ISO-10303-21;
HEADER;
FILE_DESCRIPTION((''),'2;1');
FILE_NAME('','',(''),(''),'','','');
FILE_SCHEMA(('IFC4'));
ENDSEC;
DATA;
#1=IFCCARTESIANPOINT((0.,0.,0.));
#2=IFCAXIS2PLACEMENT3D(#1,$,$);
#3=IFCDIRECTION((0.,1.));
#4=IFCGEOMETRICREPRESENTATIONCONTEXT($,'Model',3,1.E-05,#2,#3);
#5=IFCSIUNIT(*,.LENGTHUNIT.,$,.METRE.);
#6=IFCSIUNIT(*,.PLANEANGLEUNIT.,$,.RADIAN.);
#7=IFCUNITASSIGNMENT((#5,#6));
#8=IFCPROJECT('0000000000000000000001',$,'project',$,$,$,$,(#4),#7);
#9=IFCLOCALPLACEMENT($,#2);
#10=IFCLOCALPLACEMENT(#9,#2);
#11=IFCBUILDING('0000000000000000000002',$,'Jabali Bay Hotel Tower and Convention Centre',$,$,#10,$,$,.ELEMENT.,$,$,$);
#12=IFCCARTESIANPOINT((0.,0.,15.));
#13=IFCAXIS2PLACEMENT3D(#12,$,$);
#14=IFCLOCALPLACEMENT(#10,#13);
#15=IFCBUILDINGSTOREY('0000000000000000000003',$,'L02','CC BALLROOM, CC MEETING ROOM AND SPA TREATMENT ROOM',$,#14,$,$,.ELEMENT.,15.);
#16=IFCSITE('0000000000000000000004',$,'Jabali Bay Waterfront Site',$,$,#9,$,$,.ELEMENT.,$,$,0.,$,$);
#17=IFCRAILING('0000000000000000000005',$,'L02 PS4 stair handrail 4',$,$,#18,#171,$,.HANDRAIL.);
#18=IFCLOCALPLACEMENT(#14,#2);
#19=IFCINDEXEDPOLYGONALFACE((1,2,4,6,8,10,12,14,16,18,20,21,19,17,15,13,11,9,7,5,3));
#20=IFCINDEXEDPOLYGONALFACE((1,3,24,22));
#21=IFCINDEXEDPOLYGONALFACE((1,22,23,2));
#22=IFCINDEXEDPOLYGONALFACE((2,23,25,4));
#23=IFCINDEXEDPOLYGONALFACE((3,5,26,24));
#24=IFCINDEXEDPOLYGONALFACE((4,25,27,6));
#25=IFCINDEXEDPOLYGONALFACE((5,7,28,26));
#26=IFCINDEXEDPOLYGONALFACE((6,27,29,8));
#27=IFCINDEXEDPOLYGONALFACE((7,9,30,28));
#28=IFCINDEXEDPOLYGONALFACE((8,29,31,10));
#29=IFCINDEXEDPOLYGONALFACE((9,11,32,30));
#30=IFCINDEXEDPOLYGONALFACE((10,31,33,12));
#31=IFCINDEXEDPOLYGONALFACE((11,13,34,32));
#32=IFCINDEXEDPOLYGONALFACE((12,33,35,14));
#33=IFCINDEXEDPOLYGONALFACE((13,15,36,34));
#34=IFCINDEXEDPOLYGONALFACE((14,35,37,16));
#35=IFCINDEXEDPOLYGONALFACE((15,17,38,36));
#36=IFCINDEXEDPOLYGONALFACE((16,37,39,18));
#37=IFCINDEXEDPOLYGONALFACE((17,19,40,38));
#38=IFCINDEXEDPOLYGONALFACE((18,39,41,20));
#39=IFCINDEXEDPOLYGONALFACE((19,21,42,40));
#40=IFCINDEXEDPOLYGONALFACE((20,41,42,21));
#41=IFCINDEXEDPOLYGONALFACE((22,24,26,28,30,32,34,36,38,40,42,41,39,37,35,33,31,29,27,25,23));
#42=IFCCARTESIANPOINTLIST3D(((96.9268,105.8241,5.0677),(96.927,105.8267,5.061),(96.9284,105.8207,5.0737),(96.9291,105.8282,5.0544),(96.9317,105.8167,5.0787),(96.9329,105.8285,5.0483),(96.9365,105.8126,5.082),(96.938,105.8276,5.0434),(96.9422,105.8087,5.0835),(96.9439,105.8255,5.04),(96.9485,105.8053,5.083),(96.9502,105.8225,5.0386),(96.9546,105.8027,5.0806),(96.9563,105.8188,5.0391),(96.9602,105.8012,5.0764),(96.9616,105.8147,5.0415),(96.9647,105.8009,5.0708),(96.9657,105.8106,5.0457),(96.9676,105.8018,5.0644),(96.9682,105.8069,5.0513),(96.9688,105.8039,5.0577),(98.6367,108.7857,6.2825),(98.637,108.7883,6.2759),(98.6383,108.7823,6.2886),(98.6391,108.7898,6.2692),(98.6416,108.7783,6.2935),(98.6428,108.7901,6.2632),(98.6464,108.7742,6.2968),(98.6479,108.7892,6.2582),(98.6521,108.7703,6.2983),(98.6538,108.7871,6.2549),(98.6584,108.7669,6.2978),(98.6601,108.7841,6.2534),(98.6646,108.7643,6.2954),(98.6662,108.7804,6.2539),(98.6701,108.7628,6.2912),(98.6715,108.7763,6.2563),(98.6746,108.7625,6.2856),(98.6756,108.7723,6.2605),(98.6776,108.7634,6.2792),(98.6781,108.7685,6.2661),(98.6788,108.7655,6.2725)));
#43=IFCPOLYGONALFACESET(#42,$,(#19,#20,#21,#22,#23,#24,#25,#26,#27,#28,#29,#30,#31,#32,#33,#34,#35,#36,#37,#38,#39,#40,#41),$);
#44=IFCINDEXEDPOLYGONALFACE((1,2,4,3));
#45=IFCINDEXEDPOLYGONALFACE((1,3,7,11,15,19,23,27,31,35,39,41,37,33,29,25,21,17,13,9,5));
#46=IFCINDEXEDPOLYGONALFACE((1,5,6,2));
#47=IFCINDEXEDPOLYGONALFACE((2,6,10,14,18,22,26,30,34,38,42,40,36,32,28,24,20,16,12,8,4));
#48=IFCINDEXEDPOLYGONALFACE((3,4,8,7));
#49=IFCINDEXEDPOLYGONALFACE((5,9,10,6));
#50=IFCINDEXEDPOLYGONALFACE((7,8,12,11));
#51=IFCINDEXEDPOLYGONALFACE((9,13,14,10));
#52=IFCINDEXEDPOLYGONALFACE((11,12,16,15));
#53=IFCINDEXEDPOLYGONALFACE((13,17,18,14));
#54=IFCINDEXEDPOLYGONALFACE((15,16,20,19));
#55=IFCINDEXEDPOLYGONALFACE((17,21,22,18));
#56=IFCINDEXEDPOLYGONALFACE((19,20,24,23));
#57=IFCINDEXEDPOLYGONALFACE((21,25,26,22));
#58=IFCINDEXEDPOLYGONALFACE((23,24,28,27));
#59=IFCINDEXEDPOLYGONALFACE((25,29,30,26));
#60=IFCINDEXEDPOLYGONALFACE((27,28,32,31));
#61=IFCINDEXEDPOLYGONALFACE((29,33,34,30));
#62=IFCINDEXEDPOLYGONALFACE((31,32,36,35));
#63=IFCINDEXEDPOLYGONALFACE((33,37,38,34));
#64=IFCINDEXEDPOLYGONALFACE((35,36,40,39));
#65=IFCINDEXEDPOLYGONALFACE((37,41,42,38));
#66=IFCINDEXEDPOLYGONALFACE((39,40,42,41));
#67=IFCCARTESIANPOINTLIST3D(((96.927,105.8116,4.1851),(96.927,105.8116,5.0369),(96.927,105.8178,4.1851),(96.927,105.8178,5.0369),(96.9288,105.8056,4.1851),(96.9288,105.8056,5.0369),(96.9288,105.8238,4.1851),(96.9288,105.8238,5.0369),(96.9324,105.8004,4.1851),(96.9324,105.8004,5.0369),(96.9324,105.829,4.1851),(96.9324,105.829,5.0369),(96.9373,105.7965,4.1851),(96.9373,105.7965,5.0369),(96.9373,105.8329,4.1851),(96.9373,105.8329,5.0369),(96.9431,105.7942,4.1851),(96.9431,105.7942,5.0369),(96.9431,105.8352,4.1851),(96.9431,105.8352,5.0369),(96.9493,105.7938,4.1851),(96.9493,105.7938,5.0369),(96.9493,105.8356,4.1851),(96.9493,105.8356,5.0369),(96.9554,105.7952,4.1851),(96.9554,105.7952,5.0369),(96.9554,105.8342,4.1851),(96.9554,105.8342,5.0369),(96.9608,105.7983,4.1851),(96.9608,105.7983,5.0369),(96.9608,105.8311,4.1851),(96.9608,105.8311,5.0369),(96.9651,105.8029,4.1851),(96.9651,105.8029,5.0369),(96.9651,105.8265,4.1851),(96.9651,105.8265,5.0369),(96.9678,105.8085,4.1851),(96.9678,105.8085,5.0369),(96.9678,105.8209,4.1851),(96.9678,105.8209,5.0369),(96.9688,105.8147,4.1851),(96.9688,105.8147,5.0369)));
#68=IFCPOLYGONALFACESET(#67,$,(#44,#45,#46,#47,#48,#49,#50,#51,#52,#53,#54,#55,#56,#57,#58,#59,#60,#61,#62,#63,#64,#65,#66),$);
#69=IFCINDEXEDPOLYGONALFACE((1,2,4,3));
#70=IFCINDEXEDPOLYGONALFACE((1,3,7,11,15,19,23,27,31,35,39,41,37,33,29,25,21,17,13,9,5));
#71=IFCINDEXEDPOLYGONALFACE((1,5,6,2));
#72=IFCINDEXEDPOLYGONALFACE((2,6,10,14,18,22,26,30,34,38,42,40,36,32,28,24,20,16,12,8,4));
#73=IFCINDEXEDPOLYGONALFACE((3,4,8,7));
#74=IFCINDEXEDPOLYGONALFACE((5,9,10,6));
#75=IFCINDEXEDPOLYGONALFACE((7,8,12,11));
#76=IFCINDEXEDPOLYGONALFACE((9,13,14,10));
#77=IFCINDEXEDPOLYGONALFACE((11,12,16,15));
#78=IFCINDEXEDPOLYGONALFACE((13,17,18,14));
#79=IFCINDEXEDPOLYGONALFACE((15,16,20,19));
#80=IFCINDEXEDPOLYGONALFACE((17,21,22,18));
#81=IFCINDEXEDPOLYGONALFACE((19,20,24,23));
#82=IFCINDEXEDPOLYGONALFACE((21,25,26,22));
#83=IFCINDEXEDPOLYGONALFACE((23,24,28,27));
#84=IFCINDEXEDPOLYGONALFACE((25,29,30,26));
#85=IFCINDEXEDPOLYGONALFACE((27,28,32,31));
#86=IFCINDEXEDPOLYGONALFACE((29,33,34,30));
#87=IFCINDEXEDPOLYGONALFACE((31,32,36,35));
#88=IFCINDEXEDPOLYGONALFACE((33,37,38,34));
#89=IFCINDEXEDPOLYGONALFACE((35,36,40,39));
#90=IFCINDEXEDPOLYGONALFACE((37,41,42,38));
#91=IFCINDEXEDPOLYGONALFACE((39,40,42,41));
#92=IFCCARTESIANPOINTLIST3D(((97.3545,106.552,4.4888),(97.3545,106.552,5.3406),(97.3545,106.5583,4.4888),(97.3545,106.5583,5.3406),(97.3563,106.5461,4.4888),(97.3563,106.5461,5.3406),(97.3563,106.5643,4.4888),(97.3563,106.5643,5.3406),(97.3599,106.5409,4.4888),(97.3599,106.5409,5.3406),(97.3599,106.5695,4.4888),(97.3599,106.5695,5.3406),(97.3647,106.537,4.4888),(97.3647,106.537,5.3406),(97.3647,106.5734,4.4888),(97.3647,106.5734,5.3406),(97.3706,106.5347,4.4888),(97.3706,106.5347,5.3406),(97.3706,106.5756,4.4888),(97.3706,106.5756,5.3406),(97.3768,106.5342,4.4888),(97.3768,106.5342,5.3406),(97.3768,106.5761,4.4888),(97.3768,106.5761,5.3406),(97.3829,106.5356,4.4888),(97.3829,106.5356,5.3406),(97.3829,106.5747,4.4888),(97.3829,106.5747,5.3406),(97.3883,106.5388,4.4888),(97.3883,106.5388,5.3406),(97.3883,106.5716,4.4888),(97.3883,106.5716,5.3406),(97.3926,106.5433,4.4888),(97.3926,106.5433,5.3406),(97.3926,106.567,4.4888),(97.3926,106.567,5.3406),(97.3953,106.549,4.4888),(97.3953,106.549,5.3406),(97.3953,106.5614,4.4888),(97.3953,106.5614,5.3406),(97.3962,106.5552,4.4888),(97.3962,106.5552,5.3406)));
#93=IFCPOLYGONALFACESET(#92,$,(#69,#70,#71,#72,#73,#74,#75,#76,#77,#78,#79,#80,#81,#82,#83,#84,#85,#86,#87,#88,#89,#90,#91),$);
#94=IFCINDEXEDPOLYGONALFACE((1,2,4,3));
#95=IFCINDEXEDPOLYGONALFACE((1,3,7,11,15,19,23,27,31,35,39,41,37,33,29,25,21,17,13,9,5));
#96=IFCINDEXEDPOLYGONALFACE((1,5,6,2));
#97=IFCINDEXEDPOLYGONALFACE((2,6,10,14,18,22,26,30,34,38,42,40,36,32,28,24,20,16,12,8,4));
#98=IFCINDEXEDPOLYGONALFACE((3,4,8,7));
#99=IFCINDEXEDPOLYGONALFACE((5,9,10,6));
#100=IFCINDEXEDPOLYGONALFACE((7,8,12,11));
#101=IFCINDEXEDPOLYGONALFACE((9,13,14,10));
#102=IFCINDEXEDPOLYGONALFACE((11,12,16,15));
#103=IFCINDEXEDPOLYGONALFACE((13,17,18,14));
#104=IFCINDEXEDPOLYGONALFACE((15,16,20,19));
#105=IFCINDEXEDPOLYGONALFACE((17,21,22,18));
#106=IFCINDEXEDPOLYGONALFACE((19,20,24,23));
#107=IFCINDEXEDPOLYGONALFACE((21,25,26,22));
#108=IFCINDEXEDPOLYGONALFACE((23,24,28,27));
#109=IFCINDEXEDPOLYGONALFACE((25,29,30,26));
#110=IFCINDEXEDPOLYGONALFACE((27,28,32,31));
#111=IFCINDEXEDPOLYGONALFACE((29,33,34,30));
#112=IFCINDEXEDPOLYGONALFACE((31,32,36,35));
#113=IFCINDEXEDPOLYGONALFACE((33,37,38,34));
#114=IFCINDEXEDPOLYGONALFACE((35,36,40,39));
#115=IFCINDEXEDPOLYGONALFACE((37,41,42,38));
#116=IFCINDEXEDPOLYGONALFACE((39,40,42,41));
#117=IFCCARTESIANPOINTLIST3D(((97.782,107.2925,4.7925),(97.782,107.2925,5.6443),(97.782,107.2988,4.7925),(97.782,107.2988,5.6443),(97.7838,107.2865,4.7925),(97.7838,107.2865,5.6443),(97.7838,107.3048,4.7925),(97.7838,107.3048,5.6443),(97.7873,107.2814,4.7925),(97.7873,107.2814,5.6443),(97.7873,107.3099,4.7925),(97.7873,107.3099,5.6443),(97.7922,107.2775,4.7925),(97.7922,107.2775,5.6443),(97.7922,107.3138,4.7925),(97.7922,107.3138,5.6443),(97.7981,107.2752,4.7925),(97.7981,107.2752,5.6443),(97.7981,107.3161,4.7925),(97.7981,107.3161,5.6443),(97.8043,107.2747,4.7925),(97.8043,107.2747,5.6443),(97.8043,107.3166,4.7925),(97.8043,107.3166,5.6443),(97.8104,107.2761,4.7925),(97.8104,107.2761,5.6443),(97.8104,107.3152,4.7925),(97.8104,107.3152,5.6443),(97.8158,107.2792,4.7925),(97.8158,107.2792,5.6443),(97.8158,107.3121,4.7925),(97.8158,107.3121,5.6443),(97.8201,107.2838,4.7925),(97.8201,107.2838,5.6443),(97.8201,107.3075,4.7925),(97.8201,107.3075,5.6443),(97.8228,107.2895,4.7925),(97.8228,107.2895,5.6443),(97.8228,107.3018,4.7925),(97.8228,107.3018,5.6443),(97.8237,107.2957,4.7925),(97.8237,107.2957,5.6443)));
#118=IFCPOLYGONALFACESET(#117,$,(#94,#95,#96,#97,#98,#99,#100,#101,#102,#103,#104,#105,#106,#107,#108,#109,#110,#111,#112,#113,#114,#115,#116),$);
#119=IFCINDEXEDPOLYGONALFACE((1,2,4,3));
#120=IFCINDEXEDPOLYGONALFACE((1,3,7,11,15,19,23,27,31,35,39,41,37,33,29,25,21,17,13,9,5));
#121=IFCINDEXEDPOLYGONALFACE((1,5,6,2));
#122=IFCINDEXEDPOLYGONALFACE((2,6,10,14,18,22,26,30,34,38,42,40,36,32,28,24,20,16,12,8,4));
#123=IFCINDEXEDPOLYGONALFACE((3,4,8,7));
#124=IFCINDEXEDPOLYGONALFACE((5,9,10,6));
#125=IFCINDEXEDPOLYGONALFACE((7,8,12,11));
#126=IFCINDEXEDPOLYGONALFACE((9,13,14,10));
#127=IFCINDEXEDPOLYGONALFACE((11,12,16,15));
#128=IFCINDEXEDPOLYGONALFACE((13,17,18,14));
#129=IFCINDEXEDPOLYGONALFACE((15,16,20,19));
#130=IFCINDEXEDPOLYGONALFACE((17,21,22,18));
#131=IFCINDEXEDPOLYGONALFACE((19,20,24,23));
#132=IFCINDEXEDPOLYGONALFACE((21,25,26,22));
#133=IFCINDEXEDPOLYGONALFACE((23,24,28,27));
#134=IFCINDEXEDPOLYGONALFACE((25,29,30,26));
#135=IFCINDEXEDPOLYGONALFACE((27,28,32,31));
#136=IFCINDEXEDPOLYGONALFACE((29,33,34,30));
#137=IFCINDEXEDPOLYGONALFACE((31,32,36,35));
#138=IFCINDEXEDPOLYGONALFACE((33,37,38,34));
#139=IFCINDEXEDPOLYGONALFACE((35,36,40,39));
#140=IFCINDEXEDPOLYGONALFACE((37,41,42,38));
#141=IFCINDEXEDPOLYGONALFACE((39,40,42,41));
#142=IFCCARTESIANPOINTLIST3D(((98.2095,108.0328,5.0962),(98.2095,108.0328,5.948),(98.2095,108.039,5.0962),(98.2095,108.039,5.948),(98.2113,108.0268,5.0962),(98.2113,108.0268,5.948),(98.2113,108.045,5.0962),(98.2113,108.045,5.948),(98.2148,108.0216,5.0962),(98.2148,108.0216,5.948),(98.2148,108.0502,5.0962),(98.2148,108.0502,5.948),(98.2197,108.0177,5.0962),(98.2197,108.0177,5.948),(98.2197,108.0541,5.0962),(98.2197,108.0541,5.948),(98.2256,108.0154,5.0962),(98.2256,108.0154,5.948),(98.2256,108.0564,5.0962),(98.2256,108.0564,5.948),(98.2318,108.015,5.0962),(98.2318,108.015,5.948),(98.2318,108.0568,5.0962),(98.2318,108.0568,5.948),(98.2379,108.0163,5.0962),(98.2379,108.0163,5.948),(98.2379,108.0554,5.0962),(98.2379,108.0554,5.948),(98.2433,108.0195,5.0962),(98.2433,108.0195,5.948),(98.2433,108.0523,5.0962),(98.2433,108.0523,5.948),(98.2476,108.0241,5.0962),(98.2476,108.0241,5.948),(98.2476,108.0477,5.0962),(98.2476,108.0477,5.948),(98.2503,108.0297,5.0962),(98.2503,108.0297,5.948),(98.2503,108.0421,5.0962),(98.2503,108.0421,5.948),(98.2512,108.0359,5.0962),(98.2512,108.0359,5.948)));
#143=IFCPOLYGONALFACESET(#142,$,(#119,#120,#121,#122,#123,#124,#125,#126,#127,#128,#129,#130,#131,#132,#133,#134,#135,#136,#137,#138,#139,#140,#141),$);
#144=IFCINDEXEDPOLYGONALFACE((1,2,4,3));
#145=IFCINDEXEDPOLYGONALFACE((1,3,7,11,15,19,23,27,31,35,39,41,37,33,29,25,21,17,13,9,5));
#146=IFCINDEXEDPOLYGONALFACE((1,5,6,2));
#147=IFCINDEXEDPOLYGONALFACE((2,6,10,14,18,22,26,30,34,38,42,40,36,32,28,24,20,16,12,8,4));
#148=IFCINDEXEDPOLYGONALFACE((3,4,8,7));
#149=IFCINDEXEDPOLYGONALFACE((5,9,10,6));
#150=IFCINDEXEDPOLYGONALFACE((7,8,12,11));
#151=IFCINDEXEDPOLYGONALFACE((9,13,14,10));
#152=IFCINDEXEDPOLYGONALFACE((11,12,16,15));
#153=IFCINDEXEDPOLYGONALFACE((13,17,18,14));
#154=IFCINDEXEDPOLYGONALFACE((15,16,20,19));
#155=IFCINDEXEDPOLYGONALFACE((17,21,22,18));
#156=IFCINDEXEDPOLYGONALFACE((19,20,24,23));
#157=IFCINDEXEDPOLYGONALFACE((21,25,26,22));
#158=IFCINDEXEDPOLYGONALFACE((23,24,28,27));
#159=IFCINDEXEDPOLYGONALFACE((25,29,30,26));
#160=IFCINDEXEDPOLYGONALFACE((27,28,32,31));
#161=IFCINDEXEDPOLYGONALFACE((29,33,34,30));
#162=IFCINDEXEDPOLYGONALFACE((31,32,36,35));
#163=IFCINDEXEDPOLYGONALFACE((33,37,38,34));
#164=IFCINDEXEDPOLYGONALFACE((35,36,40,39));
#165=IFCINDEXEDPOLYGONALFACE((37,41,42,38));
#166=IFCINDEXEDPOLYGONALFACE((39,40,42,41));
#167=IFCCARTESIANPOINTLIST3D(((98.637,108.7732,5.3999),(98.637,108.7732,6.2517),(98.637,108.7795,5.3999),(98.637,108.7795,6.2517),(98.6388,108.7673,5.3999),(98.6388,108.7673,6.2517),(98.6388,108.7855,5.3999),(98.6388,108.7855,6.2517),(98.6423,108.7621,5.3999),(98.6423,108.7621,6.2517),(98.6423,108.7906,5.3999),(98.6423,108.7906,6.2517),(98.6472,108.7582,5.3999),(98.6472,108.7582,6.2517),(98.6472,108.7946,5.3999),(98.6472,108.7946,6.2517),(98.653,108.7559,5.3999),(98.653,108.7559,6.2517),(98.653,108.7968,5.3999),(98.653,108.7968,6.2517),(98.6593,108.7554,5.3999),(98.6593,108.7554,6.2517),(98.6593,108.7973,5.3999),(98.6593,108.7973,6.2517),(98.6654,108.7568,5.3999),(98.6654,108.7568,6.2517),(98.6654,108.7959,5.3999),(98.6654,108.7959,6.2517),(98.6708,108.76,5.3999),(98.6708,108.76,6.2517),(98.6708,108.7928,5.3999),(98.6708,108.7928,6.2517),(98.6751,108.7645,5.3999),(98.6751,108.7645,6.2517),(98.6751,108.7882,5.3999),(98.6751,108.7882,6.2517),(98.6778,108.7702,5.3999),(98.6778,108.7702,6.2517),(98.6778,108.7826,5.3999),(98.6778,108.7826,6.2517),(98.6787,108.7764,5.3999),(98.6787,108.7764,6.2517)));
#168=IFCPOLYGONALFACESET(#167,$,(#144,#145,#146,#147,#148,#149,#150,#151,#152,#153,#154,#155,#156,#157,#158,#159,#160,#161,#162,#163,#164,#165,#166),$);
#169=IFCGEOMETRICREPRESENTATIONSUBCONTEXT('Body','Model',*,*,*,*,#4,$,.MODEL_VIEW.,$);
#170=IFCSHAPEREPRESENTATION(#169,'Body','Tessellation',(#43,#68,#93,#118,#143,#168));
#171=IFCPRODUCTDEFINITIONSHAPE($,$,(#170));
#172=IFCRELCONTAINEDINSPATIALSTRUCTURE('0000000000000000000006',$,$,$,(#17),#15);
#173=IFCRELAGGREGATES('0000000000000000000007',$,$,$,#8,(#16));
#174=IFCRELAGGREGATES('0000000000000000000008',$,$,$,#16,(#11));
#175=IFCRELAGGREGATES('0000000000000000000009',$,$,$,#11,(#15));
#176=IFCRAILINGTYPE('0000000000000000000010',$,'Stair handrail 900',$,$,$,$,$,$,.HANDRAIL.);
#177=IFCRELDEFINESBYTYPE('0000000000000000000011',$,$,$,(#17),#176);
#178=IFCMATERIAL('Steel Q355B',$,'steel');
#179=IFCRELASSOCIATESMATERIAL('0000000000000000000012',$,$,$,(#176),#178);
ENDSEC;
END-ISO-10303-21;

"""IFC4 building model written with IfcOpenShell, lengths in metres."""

from ifc_helpers import new_model, si_unit, direction, frame, origin, origin_2d, place, context, subcontext, project, spatial, circle, extrude, material, type_object, element, save


model = new_model("IFC4")

# Units and contexts
model_context = context("Model", 3, precision=1e-05, world=origin(), true_north=direction((0.0, 1.0)))
body_context = subcontext(model_context, "Body", "Model", "MODEL_VIEW")
ifc_project = project(units=[si_unit("LENGTHUNIT", "METRE"), si_unit("PLANEANGLEUNIT", "RADIAN")], contexts=[model_context])

# Site, building, storey
site_placement = place(None, origin())
site = spatial("IfcSite", under=ifc_project, at=site_placement, Name="Jabali Bay Waterfront Site", CompositionType="ELEMENT", RefElevation=0.0)
building_placement = place(site_placement, origin())
building = spatial("IfcBuilding", under=site, at=building_placement, Name="Jabali Bay Hotel Tower and Convention Centre", CompositionType="ELEMENT")
storey_placement = place(building_placement, frame((0.0, 0.0, 15.0)))
storey = spatial("IfcBuildingStorey", under=building, at=storey_placement, Name="L02", Description="CC BALLROOM, CC MEETING ROOM AND SPA TREATMENT ROOM", CompositionType="ELEMENT", Elevation=15.0)

# Railing
ifc_material_1 = material(Name="Steel Q355B", Category="steel")
railing_type_1 = type_object("IfcRailingType", Name="Stair handrail 900", PredefinedType="HANDRAIL", material=ifc_material_1)
for number, where, name in (
    (1, (96.9478, 105.8147, 4.1851), "L02 PS4 stair handrail 4"),
):
    element("IfcRailing", number, at=place(storey_placement, frame(where)), inside=storey, type_object=railing_type_1, Name=name, PredefinedType="HANDRAIL", context=body_context, shape_type="SweptSolid", body=[
        extrude(circle(Radius=0.0239, at=origin_2d()), frame((0.0, 0.0, 0.876), z_axis=(0.471164, 0.81606, 0.334739), x_axis=(-0.86602, 0.500009, 0.0)), (0.0, 0.0, 1.0), 3.6292),
        extrude(circle(Radius=0.021, at=origin_2d()), origin(), (0.0, 0.0, 1.0), 0.8518),
        extrude(circle(Radius=0.021, at=origin_2d()), frame((0.4275, 0.7405, 0.3037)), (0.0, 0.0, 1.0), 0.8518),
        extrude(circle(Radius=0.021, at=origin_2d()), frame((0.855, 1.481, 0.6074)), (0.0, 0.0, 1.0), 0.8518),
        extrude(circle(Radius=0.021, at=origin_2d()), frame((1.2825, 2.2212, 0.9111)), (0.0, 0.0, 1.0), 0.8518),
        extrude(circle(Radius=0.021, at=origin_2d()), frame((1.71, 2.9617, 1.2148)), (0.0, 0.0, 1.0), 0.8518),
    ])

save(model, "model.ifc")
